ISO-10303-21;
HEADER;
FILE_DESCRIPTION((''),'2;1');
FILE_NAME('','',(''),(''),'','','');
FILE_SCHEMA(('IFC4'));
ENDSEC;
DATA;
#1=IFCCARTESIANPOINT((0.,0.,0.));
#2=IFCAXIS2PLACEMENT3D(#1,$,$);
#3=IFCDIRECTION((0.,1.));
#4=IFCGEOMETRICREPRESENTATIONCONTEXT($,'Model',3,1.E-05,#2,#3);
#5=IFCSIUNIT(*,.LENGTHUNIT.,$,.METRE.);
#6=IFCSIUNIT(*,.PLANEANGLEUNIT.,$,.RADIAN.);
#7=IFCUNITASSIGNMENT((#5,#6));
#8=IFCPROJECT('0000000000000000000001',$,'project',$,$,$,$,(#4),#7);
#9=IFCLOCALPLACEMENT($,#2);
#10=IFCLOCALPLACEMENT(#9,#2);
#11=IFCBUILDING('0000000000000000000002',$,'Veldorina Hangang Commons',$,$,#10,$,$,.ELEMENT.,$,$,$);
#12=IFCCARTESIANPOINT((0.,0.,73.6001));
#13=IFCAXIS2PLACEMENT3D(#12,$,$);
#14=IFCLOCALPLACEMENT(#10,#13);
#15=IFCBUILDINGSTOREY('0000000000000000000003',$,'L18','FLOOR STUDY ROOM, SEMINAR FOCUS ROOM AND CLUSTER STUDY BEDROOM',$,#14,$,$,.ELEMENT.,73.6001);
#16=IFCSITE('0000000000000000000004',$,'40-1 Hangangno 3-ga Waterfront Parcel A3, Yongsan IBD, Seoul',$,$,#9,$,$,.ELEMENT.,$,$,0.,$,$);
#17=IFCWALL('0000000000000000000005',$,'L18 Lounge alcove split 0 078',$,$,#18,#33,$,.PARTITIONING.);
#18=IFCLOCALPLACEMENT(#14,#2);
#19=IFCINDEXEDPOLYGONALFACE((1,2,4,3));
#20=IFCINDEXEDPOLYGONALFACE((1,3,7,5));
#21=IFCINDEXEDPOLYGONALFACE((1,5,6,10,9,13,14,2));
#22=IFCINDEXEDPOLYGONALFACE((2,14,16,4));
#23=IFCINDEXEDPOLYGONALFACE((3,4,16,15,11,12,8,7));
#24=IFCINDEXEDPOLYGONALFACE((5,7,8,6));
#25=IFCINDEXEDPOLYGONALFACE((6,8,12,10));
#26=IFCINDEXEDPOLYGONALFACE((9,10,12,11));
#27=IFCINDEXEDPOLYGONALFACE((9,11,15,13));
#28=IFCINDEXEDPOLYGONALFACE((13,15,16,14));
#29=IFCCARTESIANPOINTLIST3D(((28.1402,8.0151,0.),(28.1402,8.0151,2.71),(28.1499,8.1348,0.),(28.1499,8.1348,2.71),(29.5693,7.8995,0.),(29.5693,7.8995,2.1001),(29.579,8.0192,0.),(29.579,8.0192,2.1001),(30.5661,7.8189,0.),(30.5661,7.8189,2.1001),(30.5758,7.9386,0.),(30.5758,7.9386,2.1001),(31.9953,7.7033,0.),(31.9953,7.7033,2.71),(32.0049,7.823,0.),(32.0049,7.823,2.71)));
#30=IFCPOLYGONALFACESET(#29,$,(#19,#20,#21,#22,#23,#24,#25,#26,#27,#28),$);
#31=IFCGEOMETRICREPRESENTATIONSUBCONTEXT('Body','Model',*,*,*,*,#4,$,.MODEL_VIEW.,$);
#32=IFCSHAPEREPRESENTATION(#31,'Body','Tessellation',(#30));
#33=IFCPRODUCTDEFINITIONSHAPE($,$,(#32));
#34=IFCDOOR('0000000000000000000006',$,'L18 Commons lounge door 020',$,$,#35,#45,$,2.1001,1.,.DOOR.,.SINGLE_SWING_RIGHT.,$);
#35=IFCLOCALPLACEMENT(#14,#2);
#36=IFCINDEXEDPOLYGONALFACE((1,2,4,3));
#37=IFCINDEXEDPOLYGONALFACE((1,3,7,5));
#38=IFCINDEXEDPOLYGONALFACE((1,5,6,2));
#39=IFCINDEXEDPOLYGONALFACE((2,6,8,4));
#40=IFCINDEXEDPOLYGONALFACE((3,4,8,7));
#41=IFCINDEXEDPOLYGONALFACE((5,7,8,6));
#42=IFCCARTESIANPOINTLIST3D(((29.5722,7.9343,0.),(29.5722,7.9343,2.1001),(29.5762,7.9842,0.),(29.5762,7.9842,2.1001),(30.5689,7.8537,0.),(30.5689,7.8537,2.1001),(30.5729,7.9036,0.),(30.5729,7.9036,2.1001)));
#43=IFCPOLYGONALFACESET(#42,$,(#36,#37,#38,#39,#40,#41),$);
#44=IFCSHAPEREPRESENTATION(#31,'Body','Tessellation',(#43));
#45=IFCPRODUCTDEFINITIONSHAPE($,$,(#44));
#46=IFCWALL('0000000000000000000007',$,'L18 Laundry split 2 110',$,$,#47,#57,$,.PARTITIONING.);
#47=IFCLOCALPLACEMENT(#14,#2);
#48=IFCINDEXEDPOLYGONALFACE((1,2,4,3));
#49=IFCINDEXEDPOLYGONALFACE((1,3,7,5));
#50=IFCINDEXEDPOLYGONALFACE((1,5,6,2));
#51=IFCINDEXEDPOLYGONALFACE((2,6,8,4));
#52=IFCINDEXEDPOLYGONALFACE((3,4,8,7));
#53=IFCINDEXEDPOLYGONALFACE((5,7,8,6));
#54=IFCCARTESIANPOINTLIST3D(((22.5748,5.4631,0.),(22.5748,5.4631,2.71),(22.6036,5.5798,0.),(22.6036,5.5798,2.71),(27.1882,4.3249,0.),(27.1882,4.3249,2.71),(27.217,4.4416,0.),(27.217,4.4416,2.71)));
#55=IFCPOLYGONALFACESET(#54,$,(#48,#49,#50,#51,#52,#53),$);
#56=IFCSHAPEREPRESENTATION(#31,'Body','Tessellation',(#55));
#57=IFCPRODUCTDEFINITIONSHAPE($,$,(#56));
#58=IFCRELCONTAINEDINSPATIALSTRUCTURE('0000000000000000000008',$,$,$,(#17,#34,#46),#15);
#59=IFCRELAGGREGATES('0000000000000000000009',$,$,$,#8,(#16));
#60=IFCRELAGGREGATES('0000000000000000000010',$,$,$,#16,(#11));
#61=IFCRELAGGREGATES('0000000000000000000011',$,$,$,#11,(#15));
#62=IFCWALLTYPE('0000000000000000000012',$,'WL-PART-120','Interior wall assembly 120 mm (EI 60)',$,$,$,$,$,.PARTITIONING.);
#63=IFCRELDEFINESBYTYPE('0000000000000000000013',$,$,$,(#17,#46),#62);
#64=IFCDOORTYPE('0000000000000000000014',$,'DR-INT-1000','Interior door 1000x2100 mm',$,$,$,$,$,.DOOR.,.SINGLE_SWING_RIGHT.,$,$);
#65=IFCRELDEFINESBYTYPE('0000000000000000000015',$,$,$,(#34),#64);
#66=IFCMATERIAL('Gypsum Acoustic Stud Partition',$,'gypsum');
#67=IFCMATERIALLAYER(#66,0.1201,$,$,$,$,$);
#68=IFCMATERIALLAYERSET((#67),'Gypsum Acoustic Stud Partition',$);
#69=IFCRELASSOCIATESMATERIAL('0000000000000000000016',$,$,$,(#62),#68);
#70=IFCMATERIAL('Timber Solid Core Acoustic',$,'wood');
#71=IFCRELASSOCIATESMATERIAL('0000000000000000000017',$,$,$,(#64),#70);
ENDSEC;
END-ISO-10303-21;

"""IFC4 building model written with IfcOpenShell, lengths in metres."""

from ifc_helpers import new_model, si_unit, direction, frame, frame_2d, origin, place, context, subcontext, project, spatial, rectangle, extrude, material, layer, layer_set, type_object, element, fill, save


model = new_model("IFC4")

# Units and contexts
model_context = context("Model", 3, precision=1e-05, world=origin(), true_north=direction((0.0, 1.0)))
body_context = subcontext(model_context, "Body", "Model", "MODEL_VIEW")
ifc_project = project(units=[si_unit("LENGTHUNIT", "METRE"), si_unit("PLANEANGLEUNIT", "RADIAN")], contexts=[model_context])

# Site, building, storey
site_placement = place(None, origin())
site = spatial("IfcSite", under=ifc_project, at=site_placement, Name="40-1 Hangangno 3-ga Waterfront Parcel A3, Yongsan IBD, Seoul", CompositionType="ELEMENT", RefElevation=0.0)
building_placement = place(site_placement, origin())
building = spatial("IfcBuilding", under=site, at=building_placement, Name="Veldorina Hangang Commons", CompositionType="ELEMENT")
storey_placement = place(building_placement, frame((0.0, 0.0, 73.6001)))
storey = spatial("IfcBuildingStorey", under=building, at=storey_placement, Name="L18", Description="FLOOR STUDY ROOM, SEMINAR FOCUS ROOM AND CLUSTER STUDY BEDROOM", CompositionType="ELEMENT", Elevation=73.6001)

# Wall, opening, door
ifc_material_1 = material(Name="Gypsum Acoustic Stud Partition", Category="gypsum")
ifc_layer_1 = layer(ifc_material_1, 0.1201)
ifc_layer_set_1 = layer_set([ifc_layer_1], Name="Gypsum Acoustic Stud Partition")
wall_type_1 = type_object("IfcWallType", Name="WL-PART-120", Description="Interior wall assembly 120 mm (EI 60)", PredefinedType="PARTITIONING", material=ifc_layer_set_1)
wall_1_placement = place(storey_placement, frame((28.145, 8.075, 0.0), z_axis=(0.0, 0.0, 1.0), x_axis=(0.996746, -0.080611, 0.0)))
wall_1 = element("IfcWall", 1, at=wall_1_placement, inside=storey, type_object=wall_type_1, Name="L18 Lounge alcove split 0 078", PredefinedType="PARTITIONING", context=body_context, shape_type="SweptSolid", body=[
    extrude(rectangle(XDim=3.8677, YDim=0.1201, at=frame_2d((1.9338, 0.0))), origin(), (0.0, 0.0, 1.0), 2.71),
])
opening_placement = place(wall_1_placement, frame((1.4338, 0.0, 0.0)))
opening = element("IfcOpeningElement", 2, at=opening_placement, cuts=wall_1, PredefinedType="OPENING", context=body_context, shape_type="SweptSolid", body=[
    extrude(rectangle(XDim=1.0, YDim=2.1001, at=frame_2d((0.5, 1.05))), frame((0.0, 0.0701, 0.0), z_axis=(0.0, -1.0, 0.0), x_axis=(1.0, 0.0, 0.0)), (0.0, 0.0, 1.0), 0.1401),
])
ifc_material_2 = material(Name="Timber Solid Core Acoustic", Category="wood")
door_type = type_object("IfcDoorType", Name="DR-INT-1000", Description="Interior door 1000x2100 mm", OperationType="SINGLE_SWING_RIGHT", PredefinedType="DOOR", material=ifc_material_2)
door_placement = place(opening_placement, origin())
door = element("IfcDoor", 3, at=door_placement, inside=storey, type_object=door_type, Name="L18 Commons lounge door 020", OperationType="SINGLE_SWING_RIGHT", OverallHeight=2.1001, OverallWidth=1.0, PredefinedType="DOOR", context=body_context, shape_type="SweptSolid", body=[
    extrude(rectangle(XDim=1.0, YDim=2.1001, at=frame_2d((0.5, 1.05))), frame((0.0, 0.0249, 0.0), z_axis=(0.0, -1.0, 0.0), x_axis=(1.0, 0.0, 0.0)), (0.0, 0.0, 1.0), 0.05),
])
fill(opening, door)

# Wall
wall_2_placement = place(storey_placement, frame((22.5891, 5.5215, 0.0), z_axis=(0.0, 0.0, 1.0), x_axis=(0.970887, -0.239536, 0.0)))
element("IfcWall", 4, at=wall_2_placement, inside=storey, type_object=wall_type_1, Name="L18 Laundry split 2 110", PredefinedType="PARTITIONING", context=body_context, shape_type="SweptSolid", body=[
    extrude(rectangle(XDim=4.7517, YDim=0.1201, at=frame_2d((2.376, 0.0))), origin(), (0.0, 0.0, 1.0), 2.71),
])

save(model, "model.ifc")
